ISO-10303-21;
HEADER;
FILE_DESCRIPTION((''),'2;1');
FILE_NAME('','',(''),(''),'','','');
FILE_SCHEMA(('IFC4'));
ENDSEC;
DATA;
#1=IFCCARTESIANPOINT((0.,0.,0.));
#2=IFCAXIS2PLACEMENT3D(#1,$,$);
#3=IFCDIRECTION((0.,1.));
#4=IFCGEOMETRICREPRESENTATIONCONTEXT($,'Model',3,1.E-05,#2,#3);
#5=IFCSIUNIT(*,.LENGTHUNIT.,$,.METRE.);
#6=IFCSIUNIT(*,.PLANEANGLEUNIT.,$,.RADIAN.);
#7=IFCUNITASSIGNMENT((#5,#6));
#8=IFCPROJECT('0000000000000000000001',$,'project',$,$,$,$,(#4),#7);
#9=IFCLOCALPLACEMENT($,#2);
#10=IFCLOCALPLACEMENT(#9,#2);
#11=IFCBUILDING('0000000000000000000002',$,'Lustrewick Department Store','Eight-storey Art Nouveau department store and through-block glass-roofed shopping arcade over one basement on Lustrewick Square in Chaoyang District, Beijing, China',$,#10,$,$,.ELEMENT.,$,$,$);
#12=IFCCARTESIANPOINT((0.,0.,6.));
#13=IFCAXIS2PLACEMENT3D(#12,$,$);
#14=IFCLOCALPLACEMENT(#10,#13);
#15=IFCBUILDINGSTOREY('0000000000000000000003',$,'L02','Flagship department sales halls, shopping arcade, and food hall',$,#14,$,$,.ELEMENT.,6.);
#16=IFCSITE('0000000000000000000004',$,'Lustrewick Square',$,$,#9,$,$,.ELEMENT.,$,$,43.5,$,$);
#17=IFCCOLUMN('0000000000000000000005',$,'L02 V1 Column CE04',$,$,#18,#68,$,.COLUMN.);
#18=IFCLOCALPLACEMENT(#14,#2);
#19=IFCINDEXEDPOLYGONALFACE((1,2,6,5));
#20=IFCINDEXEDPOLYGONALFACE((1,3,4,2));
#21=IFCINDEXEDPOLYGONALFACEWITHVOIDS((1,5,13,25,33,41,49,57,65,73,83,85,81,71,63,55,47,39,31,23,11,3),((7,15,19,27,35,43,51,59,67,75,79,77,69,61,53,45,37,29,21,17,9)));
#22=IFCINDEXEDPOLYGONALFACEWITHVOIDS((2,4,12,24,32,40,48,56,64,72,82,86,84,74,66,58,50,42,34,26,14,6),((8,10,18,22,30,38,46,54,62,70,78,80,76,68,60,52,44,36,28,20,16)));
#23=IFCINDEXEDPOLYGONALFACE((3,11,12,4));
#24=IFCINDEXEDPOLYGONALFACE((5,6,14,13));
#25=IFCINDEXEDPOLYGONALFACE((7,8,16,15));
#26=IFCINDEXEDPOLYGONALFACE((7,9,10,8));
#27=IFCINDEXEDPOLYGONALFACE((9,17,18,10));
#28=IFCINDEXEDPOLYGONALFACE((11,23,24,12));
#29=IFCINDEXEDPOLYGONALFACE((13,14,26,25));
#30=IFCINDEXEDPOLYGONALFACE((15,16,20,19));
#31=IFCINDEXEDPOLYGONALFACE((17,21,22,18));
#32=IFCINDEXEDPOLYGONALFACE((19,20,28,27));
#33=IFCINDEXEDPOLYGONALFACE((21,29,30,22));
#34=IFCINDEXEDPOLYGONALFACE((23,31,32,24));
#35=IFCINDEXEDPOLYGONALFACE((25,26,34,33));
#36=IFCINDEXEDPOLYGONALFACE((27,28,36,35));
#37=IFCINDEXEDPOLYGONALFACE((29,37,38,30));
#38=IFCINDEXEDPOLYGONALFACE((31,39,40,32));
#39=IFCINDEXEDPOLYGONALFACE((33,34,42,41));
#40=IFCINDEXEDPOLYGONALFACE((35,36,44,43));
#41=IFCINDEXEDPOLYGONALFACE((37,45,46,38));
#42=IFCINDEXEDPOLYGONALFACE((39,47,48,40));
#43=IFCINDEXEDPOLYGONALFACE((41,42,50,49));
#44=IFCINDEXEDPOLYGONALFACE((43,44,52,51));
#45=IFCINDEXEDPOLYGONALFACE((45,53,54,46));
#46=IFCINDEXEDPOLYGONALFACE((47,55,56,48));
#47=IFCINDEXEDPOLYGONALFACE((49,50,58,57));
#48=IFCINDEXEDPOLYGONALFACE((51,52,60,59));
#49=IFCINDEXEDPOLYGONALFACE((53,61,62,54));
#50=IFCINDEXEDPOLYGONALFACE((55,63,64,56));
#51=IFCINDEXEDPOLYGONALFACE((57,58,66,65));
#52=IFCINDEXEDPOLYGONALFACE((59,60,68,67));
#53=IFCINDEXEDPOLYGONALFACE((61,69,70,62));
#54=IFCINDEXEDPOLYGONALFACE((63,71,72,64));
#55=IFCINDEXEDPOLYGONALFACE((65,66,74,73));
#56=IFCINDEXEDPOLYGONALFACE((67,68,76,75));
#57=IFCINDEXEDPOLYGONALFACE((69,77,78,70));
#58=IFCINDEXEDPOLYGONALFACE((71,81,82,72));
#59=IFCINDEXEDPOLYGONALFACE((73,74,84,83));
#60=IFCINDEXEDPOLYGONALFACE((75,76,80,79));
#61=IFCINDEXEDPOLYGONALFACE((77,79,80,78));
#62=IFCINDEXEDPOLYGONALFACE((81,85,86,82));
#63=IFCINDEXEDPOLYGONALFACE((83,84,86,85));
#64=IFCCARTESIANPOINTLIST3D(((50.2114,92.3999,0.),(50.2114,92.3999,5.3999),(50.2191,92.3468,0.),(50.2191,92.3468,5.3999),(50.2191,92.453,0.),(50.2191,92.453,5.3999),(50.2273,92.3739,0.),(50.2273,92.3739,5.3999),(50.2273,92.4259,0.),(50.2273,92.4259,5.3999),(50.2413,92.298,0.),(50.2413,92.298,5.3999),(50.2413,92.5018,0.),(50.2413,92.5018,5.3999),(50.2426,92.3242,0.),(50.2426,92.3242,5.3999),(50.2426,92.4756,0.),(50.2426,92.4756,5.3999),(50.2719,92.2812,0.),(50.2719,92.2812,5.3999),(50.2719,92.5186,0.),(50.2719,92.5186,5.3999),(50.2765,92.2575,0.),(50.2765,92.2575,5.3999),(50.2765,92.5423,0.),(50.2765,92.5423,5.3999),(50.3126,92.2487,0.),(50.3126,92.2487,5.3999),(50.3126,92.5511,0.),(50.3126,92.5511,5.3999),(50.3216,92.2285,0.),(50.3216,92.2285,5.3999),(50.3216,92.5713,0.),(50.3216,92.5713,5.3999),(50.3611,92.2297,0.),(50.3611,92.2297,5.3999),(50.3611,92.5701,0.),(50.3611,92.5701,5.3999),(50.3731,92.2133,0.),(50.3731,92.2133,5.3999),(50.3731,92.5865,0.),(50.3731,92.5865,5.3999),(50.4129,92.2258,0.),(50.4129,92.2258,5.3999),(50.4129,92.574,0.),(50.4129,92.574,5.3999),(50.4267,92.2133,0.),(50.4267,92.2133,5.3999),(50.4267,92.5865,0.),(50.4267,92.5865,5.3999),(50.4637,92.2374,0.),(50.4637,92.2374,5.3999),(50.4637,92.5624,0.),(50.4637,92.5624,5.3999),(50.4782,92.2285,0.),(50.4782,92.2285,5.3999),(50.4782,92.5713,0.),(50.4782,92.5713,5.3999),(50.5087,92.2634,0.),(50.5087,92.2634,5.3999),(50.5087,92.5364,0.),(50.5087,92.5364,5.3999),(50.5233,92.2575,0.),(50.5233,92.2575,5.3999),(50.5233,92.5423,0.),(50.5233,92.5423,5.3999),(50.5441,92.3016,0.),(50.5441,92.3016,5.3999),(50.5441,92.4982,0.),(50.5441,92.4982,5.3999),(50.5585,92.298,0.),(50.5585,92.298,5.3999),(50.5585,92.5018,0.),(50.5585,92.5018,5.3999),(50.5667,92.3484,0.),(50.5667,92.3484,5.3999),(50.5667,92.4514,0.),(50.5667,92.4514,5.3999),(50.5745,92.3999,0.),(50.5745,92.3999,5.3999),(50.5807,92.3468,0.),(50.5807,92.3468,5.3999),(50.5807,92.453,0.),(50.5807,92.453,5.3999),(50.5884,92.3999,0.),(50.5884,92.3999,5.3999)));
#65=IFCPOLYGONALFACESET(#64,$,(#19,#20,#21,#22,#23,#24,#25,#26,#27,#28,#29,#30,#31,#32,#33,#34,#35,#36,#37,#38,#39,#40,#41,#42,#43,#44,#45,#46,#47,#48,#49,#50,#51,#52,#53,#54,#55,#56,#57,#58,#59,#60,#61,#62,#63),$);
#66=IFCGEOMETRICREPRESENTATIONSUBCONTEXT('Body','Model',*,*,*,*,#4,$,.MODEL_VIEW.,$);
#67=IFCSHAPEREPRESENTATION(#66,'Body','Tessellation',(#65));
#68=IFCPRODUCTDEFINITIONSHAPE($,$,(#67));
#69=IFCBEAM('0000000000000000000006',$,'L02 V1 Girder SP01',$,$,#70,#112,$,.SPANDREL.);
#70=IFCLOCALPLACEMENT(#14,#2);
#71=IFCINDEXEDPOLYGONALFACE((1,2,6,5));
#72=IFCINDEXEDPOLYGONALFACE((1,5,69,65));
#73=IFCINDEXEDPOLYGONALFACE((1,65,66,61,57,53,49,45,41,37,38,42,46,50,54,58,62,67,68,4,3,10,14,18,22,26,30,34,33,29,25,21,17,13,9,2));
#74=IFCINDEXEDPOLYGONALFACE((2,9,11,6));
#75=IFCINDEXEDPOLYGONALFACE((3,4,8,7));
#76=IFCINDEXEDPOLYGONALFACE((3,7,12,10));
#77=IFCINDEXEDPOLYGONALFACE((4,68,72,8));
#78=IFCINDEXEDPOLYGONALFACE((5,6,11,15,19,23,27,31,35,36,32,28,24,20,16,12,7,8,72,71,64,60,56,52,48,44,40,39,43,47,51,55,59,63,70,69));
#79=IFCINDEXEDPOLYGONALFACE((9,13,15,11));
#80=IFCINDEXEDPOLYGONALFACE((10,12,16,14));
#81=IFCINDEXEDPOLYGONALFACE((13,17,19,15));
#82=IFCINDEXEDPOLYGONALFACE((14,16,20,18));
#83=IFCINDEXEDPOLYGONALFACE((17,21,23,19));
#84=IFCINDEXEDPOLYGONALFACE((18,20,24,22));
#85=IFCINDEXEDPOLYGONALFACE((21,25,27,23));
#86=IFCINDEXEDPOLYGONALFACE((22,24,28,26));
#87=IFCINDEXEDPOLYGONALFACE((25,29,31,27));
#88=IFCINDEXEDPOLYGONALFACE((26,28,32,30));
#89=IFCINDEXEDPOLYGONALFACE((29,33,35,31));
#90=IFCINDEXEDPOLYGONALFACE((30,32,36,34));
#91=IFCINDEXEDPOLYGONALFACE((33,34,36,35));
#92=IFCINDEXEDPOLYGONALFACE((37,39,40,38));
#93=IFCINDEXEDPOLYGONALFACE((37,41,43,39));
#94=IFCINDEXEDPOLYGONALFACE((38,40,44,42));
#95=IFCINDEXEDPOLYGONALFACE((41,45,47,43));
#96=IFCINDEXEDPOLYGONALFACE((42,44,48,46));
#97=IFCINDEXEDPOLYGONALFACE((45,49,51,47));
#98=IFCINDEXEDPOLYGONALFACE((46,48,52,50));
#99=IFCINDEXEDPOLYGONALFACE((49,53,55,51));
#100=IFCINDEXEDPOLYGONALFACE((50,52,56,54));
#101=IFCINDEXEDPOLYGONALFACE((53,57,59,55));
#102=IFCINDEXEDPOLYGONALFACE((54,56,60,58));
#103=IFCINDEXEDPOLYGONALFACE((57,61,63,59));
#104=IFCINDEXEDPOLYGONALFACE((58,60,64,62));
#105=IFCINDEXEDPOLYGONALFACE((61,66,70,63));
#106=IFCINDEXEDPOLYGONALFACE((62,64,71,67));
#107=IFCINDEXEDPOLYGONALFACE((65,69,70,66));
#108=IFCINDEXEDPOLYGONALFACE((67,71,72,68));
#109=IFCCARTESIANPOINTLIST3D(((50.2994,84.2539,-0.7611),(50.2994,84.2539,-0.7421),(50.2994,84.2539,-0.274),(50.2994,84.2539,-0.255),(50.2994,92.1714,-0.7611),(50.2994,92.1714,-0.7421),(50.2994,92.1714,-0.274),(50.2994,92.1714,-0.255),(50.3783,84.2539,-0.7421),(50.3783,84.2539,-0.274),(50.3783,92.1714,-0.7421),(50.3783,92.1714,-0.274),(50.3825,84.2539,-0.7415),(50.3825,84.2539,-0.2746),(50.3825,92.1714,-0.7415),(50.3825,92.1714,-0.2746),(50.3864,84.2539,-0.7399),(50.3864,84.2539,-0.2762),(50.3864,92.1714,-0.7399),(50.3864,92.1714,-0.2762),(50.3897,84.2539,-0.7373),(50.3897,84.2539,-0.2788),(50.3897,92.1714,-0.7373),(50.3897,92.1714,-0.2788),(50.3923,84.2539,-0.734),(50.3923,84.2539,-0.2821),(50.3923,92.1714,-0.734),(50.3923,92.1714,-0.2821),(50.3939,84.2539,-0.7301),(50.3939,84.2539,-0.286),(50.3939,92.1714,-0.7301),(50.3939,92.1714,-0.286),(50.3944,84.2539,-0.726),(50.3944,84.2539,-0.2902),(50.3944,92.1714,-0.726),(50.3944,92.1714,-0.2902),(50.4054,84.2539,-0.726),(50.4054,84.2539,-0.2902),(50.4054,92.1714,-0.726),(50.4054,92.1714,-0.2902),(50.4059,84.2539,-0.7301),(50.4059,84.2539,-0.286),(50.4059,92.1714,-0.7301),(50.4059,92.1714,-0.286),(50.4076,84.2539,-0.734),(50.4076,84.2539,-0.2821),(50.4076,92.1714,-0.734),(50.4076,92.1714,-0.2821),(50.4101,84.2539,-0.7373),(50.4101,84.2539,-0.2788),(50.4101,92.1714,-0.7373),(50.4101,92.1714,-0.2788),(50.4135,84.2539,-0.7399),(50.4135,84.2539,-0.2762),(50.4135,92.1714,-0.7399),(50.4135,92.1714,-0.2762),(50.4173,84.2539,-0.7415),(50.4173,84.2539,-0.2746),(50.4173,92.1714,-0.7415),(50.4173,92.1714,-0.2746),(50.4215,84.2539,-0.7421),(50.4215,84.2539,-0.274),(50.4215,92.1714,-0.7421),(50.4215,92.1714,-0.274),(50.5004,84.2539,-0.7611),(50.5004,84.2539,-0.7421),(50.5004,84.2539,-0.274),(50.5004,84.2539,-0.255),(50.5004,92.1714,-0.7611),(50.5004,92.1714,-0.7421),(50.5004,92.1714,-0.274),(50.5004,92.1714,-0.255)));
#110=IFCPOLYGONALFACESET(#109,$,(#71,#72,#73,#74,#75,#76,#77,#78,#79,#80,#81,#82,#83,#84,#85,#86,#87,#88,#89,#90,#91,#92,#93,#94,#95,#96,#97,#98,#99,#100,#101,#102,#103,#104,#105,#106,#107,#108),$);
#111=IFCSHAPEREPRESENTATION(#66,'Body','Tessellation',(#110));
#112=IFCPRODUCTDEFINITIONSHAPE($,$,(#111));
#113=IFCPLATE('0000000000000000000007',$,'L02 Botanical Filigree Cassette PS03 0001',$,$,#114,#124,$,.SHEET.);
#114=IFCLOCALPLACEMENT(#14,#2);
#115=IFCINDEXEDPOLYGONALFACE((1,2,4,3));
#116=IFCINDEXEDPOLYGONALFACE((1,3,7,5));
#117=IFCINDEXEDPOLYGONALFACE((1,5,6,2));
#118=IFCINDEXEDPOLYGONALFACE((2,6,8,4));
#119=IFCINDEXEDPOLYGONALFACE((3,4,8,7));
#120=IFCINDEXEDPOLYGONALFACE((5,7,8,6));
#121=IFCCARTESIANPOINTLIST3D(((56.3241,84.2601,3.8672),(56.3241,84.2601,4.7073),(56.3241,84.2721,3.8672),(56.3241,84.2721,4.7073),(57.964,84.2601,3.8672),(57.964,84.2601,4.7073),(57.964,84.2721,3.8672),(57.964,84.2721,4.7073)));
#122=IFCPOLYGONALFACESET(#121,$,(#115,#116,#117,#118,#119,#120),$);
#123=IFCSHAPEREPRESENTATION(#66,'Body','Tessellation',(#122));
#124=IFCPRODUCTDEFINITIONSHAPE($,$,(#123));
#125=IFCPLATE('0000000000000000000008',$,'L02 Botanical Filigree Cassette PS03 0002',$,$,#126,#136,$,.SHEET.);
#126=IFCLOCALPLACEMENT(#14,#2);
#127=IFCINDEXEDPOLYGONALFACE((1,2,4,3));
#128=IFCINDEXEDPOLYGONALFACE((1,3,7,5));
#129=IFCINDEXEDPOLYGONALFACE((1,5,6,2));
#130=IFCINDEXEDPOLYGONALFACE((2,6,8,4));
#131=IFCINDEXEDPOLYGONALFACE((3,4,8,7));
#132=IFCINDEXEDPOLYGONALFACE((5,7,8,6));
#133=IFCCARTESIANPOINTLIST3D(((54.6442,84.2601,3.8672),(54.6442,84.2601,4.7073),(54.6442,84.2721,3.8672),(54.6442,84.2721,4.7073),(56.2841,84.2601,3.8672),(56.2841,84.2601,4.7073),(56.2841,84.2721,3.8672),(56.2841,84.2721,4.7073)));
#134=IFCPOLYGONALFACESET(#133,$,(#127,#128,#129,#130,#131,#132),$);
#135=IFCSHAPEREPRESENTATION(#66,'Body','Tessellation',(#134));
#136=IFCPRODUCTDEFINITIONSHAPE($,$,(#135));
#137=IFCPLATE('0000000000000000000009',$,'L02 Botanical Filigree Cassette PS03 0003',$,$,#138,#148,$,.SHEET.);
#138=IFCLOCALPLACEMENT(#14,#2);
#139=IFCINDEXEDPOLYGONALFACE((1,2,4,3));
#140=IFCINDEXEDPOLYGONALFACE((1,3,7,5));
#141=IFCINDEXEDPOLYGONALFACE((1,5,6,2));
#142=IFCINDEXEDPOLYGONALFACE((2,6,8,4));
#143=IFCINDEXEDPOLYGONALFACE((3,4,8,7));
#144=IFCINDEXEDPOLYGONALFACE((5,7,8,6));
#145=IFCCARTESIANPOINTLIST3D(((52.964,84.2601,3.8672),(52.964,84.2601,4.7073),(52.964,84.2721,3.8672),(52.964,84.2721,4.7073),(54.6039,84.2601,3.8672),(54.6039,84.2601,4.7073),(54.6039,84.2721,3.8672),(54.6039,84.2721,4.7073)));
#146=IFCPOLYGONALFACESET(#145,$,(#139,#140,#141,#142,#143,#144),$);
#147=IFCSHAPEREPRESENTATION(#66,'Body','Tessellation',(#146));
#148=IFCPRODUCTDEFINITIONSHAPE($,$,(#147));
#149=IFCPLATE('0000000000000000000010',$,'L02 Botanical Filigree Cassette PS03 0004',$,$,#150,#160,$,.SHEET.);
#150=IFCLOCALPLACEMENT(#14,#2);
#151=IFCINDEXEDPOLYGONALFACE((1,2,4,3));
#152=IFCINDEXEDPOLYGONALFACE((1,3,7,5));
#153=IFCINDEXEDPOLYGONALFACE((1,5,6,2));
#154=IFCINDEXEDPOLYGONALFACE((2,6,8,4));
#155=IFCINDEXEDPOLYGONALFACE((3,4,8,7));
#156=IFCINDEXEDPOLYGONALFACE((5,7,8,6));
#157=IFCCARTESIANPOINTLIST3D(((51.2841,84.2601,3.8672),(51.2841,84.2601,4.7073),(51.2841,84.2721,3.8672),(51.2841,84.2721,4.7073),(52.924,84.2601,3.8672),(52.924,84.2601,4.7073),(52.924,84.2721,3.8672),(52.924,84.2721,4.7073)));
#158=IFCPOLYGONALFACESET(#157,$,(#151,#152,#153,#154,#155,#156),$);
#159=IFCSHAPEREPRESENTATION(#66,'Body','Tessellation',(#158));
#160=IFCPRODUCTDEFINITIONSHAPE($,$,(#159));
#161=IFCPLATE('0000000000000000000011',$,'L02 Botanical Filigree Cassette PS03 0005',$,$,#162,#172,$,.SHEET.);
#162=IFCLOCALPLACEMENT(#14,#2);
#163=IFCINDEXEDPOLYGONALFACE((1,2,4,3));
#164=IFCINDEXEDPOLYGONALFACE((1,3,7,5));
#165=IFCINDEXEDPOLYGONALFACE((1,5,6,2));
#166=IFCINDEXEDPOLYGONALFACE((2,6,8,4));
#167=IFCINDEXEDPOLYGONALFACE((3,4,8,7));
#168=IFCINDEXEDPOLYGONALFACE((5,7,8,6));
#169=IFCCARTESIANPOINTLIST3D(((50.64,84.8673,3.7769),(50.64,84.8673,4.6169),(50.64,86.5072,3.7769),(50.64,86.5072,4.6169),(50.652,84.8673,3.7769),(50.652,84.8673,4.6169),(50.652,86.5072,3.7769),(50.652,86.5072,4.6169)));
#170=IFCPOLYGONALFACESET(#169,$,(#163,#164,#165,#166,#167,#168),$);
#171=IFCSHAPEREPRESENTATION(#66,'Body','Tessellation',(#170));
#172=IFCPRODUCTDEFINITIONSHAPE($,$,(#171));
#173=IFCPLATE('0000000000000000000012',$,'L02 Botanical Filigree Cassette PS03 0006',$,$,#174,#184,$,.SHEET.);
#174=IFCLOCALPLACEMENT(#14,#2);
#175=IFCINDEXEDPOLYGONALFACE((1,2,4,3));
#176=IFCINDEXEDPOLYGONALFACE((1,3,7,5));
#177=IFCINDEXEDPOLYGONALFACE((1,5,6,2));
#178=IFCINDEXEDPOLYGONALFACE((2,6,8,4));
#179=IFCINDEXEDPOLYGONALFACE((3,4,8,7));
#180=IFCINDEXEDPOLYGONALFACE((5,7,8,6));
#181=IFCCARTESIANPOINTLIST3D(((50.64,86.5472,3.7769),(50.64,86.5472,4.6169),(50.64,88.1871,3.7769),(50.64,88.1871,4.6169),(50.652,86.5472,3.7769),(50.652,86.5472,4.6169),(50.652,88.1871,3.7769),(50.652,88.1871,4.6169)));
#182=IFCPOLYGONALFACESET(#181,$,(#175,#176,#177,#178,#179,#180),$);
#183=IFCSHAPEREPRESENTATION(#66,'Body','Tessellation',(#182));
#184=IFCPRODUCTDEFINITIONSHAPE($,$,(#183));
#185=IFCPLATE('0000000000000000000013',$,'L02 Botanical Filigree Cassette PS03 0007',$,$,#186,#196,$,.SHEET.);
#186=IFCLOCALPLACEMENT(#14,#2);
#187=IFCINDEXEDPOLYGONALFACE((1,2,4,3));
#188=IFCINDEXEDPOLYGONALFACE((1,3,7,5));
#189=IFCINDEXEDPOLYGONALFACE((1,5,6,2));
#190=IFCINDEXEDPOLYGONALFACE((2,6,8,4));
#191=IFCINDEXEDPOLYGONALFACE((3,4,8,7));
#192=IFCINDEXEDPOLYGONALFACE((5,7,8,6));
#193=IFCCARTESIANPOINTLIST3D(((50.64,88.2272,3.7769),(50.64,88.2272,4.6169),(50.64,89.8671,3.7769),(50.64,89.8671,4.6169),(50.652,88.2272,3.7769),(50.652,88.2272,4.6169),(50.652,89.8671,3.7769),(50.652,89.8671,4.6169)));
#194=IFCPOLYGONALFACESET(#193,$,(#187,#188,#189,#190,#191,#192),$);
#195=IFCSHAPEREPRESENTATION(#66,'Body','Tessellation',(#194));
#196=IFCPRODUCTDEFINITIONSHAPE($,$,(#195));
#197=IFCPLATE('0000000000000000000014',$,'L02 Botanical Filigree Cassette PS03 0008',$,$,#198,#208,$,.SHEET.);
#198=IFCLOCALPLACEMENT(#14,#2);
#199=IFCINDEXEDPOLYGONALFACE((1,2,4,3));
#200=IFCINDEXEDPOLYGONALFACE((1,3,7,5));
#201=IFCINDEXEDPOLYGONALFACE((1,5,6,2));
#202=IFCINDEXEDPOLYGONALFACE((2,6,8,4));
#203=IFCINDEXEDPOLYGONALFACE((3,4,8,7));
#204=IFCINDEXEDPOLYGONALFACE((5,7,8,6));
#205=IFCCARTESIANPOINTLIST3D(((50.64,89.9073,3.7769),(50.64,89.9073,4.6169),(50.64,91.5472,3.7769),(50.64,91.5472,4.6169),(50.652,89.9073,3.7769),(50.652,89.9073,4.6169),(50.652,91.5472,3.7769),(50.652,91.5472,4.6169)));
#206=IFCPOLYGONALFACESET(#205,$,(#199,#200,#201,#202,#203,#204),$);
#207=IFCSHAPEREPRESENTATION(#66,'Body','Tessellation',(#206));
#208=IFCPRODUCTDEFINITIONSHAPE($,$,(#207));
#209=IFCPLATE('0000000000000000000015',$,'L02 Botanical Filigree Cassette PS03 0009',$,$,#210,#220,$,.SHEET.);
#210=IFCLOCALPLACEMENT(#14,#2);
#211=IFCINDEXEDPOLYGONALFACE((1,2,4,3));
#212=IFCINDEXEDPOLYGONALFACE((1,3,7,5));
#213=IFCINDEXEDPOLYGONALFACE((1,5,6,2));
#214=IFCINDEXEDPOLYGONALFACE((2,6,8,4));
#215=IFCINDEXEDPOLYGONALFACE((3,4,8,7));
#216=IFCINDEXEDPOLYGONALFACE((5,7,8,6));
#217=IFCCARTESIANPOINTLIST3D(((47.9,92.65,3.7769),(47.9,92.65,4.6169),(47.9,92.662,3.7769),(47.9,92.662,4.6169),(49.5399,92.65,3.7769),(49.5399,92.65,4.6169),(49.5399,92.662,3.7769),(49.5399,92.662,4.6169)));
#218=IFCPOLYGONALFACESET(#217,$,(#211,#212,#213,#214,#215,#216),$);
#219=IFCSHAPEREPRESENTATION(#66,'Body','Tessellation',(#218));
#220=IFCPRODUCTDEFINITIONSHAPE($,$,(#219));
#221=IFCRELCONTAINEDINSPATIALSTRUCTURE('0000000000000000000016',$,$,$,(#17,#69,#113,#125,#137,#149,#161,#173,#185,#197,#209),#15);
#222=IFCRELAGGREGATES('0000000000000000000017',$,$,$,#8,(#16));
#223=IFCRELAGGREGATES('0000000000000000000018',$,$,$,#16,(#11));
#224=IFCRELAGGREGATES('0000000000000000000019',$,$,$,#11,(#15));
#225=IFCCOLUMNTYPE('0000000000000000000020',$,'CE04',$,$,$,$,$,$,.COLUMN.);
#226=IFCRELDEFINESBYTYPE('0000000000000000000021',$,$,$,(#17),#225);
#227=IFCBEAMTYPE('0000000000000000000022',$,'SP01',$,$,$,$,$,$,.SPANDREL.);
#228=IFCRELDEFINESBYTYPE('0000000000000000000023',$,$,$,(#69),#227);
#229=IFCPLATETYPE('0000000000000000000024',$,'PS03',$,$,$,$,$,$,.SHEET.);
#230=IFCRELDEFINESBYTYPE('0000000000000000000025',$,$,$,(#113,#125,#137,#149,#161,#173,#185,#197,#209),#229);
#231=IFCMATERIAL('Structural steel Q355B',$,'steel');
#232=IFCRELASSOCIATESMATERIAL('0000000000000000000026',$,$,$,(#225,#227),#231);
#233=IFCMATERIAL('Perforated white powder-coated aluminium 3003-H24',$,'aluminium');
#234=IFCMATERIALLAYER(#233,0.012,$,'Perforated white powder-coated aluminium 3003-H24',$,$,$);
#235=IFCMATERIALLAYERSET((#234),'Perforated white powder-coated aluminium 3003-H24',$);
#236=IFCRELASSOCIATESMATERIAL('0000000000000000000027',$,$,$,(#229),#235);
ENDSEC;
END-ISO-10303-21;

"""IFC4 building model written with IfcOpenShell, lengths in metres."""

from ifc_helpers import new_model, si_unit, direction, frame, origin, origin_2d, place, context, subcontext, project, spatial, rectangle, hollow_circle, i_section, extrude, material, layer, layer_set, material_profile, profile_set, type_object, element, save


model = new_model("IFC4")

# Units and contexts
model_context = context("Model", 3, precision=1e-05, world=origin(), true_north=direction((0.0, 1.0)))
body_context = subcontext(model_context, "Body", "Model", "MODEL_VIEW")
ifc_project = project(units=[si_unit("LENGTHUNIT", "METRE"), si_unit("PLANEANGLEUNIT", "RADIAN")], contexts=[model_context])

# Site, building, storey
site_placement = place(None, origin())
site = spatial("IfcSite", under=ifc_project, at=site_placement, Name="Lustrewick Square", CompositionType="ELEMENT", RefElevation=43.5)
building_placement = place(site_placement, origin())
building = spatial("IfcBuilding", under=site, at=building_placement, Name="Lustrewick Department Store", Description="Eight-storey Art Nouveau department store and through-block glass-roofed shopping arcade over one basement on Lustrewick Square in Chaoyang District, Beijing, China", CompositionType="ELEMENT")
storey_placement = place(building_placement, frame((0.0, 0.0, 6.0)))
storey = spatial("IfcBuildingStorey", under=building, at=storey_placement, Name="L02", Description="Flagship department sales halls, shopping arcade, and food hall", CompositionType="ELEMENT", Elevation=6.0)

# Column
ifc_material_1 = material(Name="Structural steel Q355B", Category="steel")
ifc_material_profile_1 = material_profile(ifc_material_1, hollow_circle(Radius=0.1885, WallThickness=0.0139, at=origin_2d()), Name="CHS 377x14")
ifc_profile_set_1 = profile_set([ifc_material_profile_1], Name="Structural steel Q355B")
column_type = type_object("IfcColumnType", Name="CE04", PredefinedType="COLUMN", material=ifc_profile_set_1)
column_placement = place(storey_placement, frame((50.3999, 92.3999, 0.0), z_axis=(0.0, 0.0, 1.0), x_axis=(1.0, 0.0, 0.0)))
element("IfcColumn", 1, at=column_placement, inside=storey, type_object=column_type, Name="L02 V1 Column CE04", PredefinedType="COLUMN", context=body_context, shape_type="SweptSolid", body=[
    extrude(hollow_circle(Radius=0.1885, WallThickness=0.0139, at=origin_2d()), origin(), (0.0, 0.0, 1.0), 5.3999),
])

# Beam
ifc_material_profile_2 = material_profile(ifc_material_1, i_section(OverallWidth=0.2009, OverallDepth=0.5061, WebThickness=0.011, FlangeThickness=0.019, FilletRadius=0.0161, at=origin_2d()), Name="HN 506x201x11x19")
ifc_profile_set_2 = profile_set([ifc_material_profile_2], Name="Structural steel Q355B")
beam_type = type_object("IfcBeamType", Name="SP01", PredefinedType="SPANDREL", material=ifc_profile_set_2)
beam_placement = place(storey_placement, frame((50.3999, 84.2539, -0.5081), z_axis=(0.0, 1.0, 0.0), x_axis=(-1.0, 0.0, 0.0)))
element("IfcBeam", 2, at=beam_placement, inside=storey, type_object=beam_type, Name="L02 V1 Girder SP01", PredefinedType="SPANDREL", context=body_context, shape_type="SweptSolid", body=[
    extrude(i_section(OverallWidth=0.2009, OverallDepth=0.5061, WebThickness=0.011, FlangeThickness=0.019, FilletRadius=0.0161, at=origin_2d()), origin(), (0.0, 0.0, 1.0), 7.9175),
])

# Plates
ifc_material_2 = material(Name="Perforated white powder-coated aluminium 3003-H24", Category="aluminium")
ifc_layer_1 = layer(ifc_material_2, 0.012, Name="Perforated white powder-coated aluminium 3003-H24")
ifc_layer_set_1 = layer_set([ifc_layer_1], Name="Perforated white powder-coated aluminium 3003-H24")
plate_type_1 = type_object("IfcPlateType", Name="PS03", PredefinedType="SHEET", material=ifc_layer_set_1)
for number, where, z_axis, x_axis, name in (
    (3, (57.144, 84.2661, 3.8672), (0.0, 0.0, 1.0), (-1.0, 0.0, 0.0), "L02 Botanical Filigree Cassette PS03 0001"),
    (4, (55.4641, 84.2661, 3.8672), (0.0, 0.0, 1.0), (-1.0, 0.0, 0.0), "L02 Botanical Filigree Cassette PS03 0002"),
    (5, (53.7839, 84.2661, 3.8672), (0.0, 0.0, 1.0), (-1.0, 0.0, 0.0), "L02 Botanical Filigree Cassette PS03 0003"),
    (6, (52.104, 84.2661, 3.8672), (0.0, 0.0, 1.0), (-1.0, 0.0, 0.0), "L02 Botanical Filigree Cassette PS03 0004"),
    (7, (50.646, 85.6873, 3.7769), (0.0, 0.0, 1.0), (0.0, 1.0, 0.0), "L02 Botanical Filigree Cassette PS03 0005"),
    (8, (50.646, 87.3672, 3.7769), (0.0, 0.0, 1.0), (0.0, 1.0, 0.0), "L02 Botanical Filigree Cassette PS03 0006"),
    (9, (50.646, 89.0471, 3.7769), (0.0, 0.0, 1.0), (0.0, 1.0, 0.0), "L02 Botanical Filigree Cassette PS03 0007"),
    (10, (50.646, 90.7273, 3.7769), (0.0, 0.0, 1.0), (0.0, 1.0, 0.0), "L02 Botanical Filigree Cassette PS03 0008"),
    (11, (48.72, 92.656, 3.7769), (0.0, 0.0, 1.0), (-1.0, 0.0, 0.0), "L02 Botanical Filigree Cassette PS03 0009"),
):
    element("IfcPlate", number, at=place(storey_placement, frame(where, z_axis=z_axis, x_axis=x_axis)), inside=storey, type_object=plate_type_1, Name=name, PredefinedType="SHEET", context=body_context, shape_type="SweptSolid", body=[
        extrude(rectangle(XDim=1.6399, YDim=0.012, at=origin_2d()), origin(), (0.0, 0.0, 1.0), 0.8401),
    ])

save(model, "model.ifc")
